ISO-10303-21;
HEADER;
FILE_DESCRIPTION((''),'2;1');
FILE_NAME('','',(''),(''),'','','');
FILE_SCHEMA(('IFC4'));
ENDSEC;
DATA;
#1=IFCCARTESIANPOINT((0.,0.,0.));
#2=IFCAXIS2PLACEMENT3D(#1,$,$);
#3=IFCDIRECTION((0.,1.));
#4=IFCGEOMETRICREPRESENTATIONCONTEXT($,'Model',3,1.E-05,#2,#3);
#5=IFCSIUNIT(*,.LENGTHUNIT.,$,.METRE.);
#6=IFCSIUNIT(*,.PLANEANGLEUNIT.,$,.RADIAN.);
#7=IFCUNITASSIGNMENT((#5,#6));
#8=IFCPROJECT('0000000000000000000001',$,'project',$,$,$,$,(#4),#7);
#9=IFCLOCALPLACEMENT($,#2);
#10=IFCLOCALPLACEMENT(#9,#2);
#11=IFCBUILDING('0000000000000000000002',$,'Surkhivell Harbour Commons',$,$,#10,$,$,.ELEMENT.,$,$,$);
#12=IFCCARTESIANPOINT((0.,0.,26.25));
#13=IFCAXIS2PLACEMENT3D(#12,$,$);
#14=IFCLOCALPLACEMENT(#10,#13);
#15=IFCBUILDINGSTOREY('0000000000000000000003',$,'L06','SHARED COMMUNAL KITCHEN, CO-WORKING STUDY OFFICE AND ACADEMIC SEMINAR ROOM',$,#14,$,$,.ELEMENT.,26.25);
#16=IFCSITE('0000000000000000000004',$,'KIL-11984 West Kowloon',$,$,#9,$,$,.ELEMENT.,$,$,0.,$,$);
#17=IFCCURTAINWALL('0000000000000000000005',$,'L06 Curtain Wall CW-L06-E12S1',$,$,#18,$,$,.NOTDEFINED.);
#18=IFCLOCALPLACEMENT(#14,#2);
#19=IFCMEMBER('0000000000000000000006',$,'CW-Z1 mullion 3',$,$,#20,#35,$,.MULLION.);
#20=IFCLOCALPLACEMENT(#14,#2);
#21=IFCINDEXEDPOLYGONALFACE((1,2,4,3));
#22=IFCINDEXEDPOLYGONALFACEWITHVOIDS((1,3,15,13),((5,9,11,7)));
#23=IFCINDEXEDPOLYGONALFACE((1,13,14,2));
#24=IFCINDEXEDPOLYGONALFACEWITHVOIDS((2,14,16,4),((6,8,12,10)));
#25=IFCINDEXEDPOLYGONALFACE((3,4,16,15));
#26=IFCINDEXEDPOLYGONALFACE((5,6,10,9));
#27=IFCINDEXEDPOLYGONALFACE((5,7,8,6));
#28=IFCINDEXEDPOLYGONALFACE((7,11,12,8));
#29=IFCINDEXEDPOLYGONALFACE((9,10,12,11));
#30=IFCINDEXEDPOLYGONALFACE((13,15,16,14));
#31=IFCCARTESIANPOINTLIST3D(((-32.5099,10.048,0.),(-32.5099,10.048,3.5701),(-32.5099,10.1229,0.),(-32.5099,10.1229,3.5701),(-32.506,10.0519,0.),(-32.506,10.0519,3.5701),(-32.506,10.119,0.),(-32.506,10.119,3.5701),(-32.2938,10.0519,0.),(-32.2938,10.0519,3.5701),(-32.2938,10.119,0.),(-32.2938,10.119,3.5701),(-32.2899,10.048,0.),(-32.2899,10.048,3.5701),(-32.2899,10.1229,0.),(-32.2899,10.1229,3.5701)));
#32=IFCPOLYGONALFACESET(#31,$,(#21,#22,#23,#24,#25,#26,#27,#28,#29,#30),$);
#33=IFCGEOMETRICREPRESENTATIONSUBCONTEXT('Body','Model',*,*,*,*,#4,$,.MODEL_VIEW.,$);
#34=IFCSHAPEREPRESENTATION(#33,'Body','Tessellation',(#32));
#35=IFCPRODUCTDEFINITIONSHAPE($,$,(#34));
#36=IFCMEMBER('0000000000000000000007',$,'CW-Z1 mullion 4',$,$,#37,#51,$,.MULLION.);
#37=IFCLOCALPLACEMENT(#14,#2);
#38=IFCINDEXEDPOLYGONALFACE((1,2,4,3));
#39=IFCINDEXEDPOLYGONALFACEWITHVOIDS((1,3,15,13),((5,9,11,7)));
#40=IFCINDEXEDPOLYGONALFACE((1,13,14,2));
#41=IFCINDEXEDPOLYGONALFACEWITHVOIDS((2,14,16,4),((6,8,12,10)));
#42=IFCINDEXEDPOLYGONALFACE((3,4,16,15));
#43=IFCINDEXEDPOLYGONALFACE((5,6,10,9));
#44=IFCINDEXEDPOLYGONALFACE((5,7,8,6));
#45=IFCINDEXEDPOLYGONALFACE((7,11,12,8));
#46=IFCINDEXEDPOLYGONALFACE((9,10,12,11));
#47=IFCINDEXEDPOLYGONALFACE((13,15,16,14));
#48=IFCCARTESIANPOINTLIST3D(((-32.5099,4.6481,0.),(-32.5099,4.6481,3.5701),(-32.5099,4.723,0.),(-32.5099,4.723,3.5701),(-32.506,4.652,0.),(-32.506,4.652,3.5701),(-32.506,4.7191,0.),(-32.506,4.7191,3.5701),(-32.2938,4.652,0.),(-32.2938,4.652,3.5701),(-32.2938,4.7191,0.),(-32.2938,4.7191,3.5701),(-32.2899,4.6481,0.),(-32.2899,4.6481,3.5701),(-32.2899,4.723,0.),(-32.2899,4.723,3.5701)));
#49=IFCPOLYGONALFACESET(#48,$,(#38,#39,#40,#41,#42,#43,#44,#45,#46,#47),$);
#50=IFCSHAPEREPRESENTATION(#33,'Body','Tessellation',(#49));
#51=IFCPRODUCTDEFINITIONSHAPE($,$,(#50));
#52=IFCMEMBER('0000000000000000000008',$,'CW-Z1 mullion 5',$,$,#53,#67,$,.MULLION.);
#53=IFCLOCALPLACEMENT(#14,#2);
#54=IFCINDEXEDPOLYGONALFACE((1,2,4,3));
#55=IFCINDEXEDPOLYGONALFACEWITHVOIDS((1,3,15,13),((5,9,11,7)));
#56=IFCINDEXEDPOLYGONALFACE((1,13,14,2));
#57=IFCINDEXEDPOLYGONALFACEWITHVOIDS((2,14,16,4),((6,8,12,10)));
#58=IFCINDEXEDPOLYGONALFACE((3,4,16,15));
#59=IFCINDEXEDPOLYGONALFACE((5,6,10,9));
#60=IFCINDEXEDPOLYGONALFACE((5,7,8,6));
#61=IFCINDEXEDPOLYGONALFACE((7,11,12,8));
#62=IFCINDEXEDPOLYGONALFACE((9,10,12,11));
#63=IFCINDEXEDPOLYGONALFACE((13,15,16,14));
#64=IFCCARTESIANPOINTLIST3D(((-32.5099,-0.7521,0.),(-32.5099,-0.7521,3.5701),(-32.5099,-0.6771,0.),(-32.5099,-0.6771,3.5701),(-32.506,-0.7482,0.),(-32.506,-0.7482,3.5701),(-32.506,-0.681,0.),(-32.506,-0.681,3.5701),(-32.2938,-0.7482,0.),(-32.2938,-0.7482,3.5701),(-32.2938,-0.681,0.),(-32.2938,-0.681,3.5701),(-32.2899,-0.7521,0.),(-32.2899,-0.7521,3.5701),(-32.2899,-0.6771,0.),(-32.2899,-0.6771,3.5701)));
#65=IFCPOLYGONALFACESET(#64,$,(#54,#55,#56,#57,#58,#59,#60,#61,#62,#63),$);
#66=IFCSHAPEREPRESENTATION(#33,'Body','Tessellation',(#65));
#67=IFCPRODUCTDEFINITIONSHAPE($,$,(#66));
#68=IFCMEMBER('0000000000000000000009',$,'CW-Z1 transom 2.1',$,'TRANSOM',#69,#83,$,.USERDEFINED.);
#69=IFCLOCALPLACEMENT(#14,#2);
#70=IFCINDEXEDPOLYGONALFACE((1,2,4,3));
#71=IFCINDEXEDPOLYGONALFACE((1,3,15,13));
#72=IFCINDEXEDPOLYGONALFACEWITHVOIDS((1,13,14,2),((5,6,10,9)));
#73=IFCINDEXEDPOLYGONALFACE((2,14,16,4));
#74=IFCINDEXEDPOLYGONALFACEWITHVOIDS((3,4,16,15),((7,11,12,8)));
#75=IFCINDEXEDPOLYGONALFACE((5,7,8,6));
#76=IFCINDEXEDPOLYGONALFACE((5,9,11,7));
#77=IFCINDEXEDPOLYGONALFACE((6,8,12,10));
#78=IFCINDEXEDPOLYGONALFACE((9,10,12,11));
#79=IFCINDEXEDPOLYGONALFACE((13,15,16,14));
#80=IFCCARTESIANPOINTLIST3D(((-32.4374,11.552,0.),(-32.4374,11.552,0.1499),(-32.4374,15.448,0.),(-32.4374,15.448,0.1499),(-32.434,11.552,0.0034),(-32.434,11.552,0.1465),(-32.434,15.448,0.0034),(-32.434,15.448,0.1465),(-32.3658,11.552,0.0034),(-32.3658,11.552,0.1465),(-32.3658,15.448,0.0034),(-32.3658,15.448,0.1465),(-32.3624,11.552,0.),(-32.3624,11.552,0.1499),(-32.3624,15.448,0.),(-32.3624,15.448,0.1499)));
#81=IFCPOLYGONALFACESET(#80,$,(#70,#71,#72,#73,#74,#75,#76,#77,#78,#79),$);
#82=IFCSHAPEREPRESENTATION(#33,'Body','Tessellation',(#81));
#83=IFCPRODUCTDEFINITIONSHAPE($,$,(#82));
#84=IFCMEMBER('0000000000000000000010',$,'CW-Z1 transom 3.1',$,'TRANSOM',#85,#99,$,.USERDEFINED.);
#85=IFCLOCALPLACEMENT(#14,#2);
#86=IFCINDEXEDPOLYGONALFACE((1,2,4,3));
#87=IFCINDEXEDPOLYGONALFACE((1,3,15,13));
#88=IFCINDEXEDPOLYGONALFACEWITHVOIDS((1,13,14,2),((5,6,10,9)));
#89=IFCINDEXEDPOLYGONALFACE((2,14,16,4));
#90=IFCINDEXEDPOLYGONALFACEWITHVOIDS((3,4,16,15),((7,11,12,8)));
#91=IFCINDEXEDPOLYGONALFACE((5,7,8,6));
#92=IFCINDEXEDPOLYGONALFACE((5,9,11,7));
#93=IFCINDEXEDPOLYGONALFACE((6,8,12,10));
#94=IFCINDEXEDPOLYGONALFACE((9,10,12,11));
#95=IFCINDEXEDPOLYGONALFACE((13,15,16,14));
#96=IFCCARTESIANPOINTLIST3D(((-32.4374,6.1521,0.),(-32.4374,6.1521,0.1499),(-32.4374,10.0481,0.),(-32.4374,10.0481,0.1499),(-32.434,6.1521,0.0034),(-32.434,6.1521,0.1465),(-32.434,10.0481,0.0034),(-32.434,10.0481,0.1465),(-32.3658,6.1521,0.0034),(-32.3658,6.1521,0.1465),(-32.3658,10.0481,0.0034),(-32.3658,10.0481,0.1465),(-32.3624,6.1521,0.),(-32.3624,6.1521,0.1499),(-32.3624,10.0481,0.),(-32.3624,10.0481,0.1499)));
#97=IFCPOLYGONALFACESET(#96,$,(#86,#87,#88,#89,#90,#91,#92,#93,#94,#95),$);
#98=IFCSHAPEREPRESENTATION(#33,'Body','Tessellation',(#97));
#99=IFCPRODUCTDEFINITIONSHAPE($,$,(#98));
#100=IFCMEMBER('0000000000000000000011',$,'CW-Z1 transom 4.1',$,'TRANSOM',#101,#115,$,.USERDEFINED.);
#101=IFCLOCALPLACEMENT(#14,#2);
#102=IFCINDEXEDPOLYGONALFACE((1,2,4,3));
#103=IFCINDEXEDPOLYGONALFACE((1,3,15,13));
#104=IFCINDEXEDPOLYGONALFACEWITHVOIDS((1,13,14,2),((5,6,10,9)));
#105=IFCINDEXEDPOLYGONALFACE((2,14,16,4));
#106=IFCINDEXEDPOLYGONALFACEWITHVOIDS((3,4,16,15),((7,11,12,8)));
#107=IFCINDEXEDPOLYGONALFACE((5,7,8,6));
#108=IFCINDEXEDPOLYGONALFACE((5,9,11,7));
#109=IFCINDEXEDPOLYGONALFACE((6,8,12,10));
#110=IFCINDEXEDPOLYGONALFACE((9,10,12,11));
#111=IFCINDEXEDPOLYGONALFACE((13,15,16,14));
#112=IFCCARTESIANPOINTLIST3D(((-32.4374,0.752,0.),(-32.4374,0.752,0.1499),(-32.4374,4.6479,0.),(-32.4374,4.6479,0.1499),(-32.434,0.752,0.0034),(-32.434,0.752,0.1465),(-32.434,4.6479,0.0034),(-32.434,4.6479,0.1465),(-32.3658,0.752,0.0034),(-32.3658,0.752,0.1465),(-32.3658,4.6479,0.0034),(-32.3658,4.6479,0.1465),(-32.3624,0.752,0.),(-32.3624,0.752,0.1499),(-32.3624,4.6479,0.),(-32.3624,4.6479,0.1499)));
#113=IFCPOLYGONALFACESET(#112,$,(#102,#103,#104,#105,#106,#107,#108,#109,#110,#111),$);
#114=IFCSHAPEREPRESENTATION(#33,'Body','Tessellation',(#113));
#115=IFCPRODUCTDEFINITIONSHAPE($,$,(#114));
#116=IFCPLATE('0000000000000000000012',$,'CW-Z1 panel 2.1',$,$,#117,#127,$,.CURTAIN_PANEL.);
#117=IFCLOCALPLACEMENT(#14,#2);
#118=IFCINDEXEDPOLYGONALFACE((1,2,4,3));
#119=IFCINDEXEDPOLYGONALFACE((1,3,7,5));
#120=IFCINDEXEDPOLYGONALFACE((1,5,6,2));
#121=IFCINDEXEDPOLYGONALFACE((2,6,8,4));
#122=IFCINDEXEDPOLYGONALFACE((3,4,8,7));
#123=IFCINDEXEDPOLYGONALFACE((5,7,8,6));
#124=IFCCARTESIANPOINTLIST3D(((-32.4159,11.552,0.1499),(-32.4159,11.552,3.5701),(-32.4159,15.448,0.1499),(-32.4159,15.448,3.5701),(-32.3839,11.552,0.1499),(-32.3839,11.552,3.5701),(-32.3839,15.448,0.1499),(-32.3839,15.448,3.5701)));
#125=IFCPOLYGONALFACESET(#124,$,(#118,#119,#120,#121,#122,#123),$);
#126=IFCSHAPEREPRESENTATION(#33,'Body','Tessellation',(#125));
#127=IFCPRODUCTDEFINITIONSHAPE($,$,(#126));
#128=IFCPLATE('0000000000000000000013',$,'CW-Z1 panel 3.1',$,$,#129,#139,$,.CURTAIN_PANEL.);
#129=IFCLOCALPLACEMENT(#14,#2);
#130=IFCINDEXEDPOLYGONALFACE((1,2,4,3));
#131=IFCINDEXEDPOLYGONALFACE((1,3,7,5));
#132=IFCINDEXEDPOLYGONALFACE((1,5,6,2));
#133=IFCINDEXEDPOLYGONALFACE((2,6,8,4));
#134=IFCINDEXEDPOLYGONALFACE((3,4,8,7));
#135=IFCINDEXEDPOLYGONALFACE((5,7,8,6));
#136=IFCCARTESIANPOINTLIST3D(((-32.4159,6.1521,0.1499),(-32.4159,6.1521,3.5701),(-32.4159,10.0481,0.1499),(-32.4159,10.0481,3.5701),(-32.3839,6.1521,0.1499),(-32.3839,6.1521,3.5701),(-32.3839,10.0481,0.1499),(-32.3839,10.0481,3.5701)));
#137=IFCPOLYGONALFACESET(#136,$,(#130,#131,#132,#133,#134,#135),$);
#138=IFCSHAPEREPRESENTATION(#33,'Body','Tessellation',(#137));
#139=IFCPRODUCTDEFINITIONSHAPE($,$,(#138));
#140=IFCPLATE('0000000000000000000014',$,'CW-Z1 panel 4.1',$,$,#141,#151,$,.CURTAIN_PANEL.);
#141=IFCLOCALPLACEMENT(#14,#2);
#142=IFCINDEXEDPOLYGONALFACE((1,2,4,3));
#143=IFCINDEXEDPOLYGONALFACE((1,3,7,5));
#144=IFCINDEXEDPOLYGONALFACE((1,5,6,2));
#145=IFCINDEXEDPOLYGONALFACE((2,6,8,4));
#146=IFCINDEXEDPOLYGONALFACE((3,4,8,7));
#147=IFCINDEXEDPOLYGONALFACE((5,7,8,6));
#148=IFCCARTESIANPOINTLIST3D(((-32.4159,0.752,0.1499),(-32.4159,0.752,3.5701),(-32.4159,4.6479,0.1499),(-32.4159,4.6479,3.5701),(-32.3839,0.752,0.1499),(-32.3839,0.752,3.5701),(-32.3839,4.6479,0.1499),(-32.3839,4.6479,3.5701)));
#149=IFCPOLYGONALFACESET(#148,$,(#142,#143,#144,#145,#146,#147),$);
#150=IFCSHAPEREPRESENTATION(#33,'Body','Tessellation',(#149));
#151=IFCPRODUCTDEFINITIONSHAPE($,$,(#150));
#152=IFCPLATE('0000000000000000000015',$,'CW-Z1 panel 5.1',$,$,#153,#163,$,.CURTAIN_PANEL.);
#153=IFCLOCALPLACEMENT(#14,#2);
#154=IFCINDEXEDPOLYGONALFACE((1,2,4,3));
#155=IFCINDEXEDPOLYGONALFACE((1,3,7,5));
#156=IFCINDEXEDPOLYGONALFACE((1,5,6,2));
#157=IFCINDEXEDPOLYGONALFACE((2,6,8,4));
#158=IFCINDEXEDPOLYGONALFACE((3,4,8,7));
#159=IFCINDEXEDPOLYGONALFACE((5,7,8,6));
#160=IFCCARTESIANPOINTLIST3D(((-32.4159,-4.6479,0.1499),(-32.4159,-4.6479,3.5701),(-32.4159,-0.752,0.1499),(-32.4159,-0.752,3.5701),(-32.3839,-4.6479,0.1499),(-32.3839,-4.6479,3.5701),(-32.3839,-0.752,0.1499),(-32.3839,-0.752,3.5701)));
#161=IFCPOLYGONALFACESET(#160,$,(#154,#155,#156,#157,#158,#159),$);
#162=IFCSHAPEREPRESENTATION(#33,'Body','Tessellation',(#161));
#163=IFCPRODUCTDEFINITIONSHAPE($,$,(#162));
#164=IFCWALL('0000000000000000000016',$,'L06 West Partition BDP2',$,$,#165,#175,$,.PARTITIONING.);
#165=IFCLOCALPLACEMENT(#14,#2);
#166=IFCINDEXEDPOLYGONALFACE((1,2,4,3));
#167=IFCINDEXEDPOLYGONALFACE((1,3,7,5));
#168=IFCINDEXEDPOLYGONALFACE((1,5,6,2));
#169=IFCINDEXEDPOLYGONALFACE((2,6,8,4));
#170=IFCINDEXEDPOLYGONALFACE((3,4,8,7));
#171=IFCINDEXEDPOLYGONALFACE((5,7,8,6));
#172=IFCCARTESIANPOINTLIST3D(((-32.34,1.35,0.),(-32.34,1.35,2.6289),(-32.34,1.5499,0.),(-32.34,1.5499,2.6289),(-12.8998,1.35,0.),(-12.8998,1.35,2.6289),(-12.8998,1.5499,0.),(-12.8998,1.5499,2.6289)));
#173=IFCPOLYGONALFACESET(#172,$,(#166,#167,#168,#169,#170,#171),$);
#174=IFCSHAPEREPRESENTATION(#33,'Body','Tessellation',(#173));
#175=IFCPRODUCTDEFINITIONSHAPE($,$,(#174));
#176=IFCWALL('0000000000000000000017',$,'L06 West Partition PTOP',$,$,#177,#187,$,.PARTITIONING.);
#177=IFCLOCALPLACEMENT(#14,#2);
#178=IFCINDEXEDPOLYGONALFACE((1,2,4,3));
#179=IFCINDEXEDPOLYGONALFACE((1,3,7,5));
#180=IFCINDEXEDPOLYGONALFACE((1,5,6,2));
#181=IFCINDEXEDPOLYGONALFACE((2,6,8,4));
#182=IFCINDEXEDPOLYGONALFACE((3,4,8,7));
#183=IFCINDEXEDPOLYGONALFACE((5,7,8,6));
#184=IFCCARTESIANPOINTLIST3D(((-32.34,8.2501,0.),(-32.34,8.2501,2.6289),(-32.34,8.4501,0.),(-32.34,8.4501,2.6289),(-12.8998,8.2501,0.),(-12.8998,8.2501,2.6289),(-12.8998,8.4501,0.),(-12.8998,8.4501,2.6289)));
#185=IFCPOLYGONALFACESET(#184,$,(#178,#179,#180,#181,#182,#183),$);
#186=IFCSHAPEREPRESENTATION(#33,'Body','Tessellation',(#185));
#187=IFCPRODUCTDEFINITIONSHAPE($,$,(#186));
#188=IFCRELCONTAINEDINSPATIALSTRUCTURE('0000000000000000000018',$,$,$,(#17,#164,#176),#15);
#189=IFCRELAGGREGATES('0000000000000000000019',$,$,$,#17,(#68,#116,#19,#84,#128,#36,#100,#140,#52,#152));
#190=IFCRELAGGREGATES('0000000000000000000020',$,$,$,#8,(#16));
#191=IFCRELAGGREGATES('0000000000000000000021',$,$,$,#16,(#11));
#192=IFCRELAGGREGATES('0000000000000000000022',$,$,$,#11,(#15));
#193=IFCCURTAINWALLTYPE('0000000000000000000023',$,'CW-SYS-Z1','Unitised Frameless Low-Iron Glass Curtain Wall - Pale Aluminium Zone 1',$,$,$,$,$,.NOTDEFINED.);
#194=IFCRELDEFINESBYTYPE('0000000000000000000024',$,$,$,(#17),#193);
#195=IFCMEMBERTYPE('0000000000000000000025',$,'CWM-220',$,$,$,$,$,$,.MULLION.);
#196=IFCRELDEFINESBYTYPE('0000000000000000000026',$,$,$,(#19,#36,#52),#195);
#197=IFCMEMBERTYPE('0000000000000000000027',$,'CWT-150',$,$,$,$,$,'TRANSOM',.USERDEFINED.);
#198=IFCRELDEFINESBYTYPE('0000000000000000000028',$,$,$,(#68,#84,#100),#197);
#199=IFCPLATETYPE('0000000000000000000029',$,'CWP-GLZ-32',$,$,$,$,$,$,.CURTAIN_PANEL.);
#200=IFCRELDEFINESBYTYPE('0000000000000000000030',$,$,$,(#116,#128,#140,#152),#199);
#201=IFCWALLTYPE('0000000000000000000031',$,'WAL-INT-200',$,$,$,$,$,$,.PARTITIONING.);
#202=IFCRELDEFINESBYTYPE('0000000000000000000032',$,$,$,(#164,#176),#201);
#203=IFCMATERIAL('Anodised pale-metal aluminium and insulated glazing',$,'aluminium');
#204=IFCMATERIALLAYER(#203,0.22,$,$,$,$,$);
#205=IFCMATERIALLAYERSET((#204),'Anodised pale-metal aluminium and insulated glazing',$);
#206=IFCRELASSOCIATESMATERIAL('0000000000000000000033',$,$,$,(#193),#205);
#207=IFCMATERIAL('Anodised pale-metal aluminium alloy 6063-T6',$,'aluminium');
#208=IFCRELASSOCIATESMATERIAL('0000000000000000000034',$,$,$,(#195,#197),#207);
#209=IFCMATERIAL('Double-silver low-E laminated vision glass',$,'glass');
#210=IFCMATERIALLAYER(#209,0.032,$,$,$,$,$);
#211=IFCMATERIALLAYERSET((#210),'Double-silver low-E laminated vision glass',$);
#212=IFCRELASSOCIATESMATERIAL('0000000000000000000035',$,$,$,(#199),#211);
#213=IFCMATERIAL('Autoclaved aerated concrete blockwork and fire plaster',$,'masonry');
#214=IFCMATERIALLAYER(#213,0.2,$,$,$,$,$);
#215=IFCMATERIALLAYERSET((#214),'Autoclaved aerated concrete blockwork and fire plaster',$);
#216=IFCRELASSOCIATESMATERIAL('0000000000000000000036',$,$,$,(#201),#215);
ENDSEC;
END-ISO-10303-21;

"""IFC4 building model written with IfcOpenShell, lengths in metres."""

from ifc_helpers import new_model, si_unit, direction, frame, frame_2d, origin, origin_2d, place, context, subcontext, project, spatial, rectangle, hollow_rectangle, extrude, material, layer, layer_set, material_profile, profile_set, type_object, element, aggregate, save


model = new_model("IFC4")

# Units and contexts
model_context = context("Model", 3, precision=1e-05, world=origin(), true_north=direction((0.0, 1.0)))
body_context = subcontext(model_context, "Body", "Model", "MODEL_VIEW")
ifc_project = project(units=[si_unit("LENGTHUNIT", "METRE"), si_unit("PLANEANGLEUNIT", "RADIAN")], contexts=[model_context])

# Site, building, storey
site_placement = place(None, origin())
site = spatial("IfcSite", under=ifc_project, at=site_placement, Name="KIL-11984 West Kowloon", CompositionType="ELEMENT", RefElevation=0.0)
building_placement = place(site_placement, origin())
building = spatial("IfcBuilding", under=site, at=building_placement, Name="Surkhivell Harbour Commons", CompositionType="ELEMENT")
storey_placement = place(building_placement, frame((0.0, 0.0, 26.25)))
storey = spatial("IfcBuildingStorey", under=building, at=storey_placement, Name="L06", Description="SHARED COMMUNAL KITCHEN, CO-WORKING STUDY OFFICE AND ACADEMIC SEMINAR ROOM", CompositionType="ELEMENT", Elevation=26.25)

# Curtain wall, members, plates
ifc_material_1 = material(Name="Anodised pale-metal aluminium and insulated glazing", Category="aluminium")
ifc_layer_1 = layer(ifc_material_1, 0.22)
ifc_layer_set_1 = layer_set([ifc_layer_1], Name="Anodised pale-metal aluminium and insulated glazing")
curtain_wall_type = type_object("IfcCurtainWallType", Name="CW-SYS-Z1", Description="Unitised Frameless Low-Iron Glass Curtain Wall - Pale Aluminium Zone 1", PredefinedType="NOTDEFINED", material=ifc_layer_set_1)
curtain_wall_placement = place(storey_placement, origin())
curtain_wall = element("IfcCurtainWall", 1, at=curtain_wall_placement, inside=storey, type_object=curtain_wall_type, Name="L06 Curtain Wall CW-L06-E12S1", PredefinedType="NOTDEFINED")
ifc_material_2 = material(Name="Anodised pale-metal aluminium alloy 6063-T6", Category="aluminium")
ifc_material_profile_1 = material_profile(ifc_material_2, hollow_rectangle(XDim=0.075, YDim=0.22, WallThickness=0.0039, at=origin_2d()), Name="ALU-MULL-75x220")
ifc_profile_set_1 = profile_set([ifc_material_profile_1], Name="Anodised pale-metal aluminium alloy 6063-T6")
member_type_1 = type_object("IfcMemberType", Name="CWM-220", PredefinedType="MULLION", material=ifc_profile_set_1)
member_1_placement = place(storey_placement, frame((-32.3999, 10.0854, 0.0), z_axis=(0.0, 0.0, 1.0), x_axis=(0.0, -1.0, 0.0)))
member_1 = element("IfcMember", 2, at=member_1_placement, type_object=member_type_1, Name="CW-Z1 mullion 3", PredefinedType="MULLION", context=body_context, shape_type="SweptSolid", body=[
    extrude(hollow_rectangle(XDim=0.075, YDim=0.22, WallThickness=0.0039, at=origin_2d()), origin(), (0.0, 0.0, 1.0), 3.5701),
])
member_2_placement = place(storey_placement, frame((-32.3999, 4.6855, 0.0), z_axis=(0.0, 0.0, 1.0), x_axis=(0.0, -1.0, 0.0)))
member_2 = element("IfcMember", 3, at=member_2_placement, type_object=member_type_1, Name="CW-Z1 mullion 4", PredefinedType="MULLION", context=body_context, shape_type="SweptSolid", body=[
    extrude(hollow_rectangle(XDim=0.075, YDim=0.22, WallThickness=0.0039, at=origin_2d()), origin(), (0.0, 0.0, 1.0), 3.5701),
])
member_3_placement = place(storey_placement, frame((-32.3999, -0.7146, 0.0), z_axis=(0.0, 0.0, 1.0), x_axis=(0.0, -1.0, 0.0)))
member_3 = element("IfcMember", 4, at=member_3_placement, type_object=member_type_1, Name="CW-Z1 mullion 5", PredefinedType="MULLION", context=body_context, shape_type="SweptSolid", body=[
    extrude(hollow_rectangle(XDim=0.075, YDim=0.22, WallThickness=0.0039, at=origin_2d()), origin(), (0.0, 0.0, 1.0), 3.5701),
])
ifc_material_profile_2 = material_profile(ifc_material_2, hollow_rectangle(XDim=0.075, YDim=0.1499, WallThickness=0.0034, at=origin_2d()), Name="ALU-TRAN-75x150")
ifc_profile_set_2 = profile_set([ifc_material_profile_2], Name="Anodised pale-metal aluminium alloy 6063-T6")
member_type_2 = type_object("IfcMemberType", Name="CWT-150", ElementType="TRANSOM", PredefinedType="USERDEFINED", material=ifc_profile_set_2)
member_4_placement = place(storey_placement, frame((-32.3999, 15.448, 0.075), z_axis=(0.0, -1.0, 0.0), x_axis=(1.0, 0.0, 0.0)))
member_4 = element("IfcMember", 5, at=member_4_placement, type_object=member_type_2, Name="CW-Z1 transom 2.1", ObjectType="TRANSOM", PredefinedType="USERDEFINED", context=body_context, shape_type="SweptSolid", body=[
    extrude(hollow_rectangle(XDim=0.075, YDim=0.1499, WallThickness=0.0034, at=origin_2d()), origin(), (0.0, 0.0, 1.0), 3.896),
])
member_5_placement = place(storey_placement, frame((-32.3999, 10.0481, 0.075), z_axis=(0.0, -1.0, 0.0), x_axis=(1.0, 0.0, 0.0)))
member_5 = element("IfcMember", 6, at=member_5_placement, type_object=member_type_2, Name="CW-Z1 transom 3.1", ObjectType="TRANSOM", PredefinedType="USERDEFINED", context=body_context, shape_type="SweptSolid", body=[
    extrude(hollow_rectangle(XDim=0.075, YDim=0.1499, WallThickness=0.0034, at=origin_2d()), origin(), (0.0, 0.0, 1.0), 3.896),
])
member_6_placement = place(storey_placement, frame((-32.3999, 4.6479, 0.075), z_axis=(0.0, -1.0, 0.0), x_axis=(1.0, 0.0, 0.0)))
member_6 = element("IfcMember", 7, at=member_6_placement, type_object=member_type_2, Name="CW-Z1 transom 4.1", ObjectType="TRANSOM", PredefinedType="USERDEFINED", context=body_context, shape_type="SweptSolid", body=[
    extrude(hollow_rectangle(XDim=0.075, YDim=0.1499, WallThickness=0.0034, at=origin_2d()), origin(), (0.0, 0.0, 1.0), 3.896),
])
ifc_material_3 = material(Name="Double-silver low-E laminated vision glass", Category="glass")
ifc_layer_2 = layer(ifc_material_3, 0.032)
ifc_layer_set_2 = layer_set([ifc_layer_2], Name="Double-silver low-E laminated vision glass")
plate_type = type_object("IfcPlateType", Name="CWP-GLZ-32", PredefinedType="CURTAIN_PANEL", material=ifc_layer_set_2)
plate_1_placement = place(storey_placement, frame((-32.3999, 15.448, 0.1499), z_axis=(0.0, 0.0, 1.0), x_axis=(0.0, -1.0, 0.0)))
plate_1 = element("IfcPlate", 8, at=plate_1_placement, type_object=plate_type, Name="CW-Z1 panel 2.1", PredefinedType="CURTAIN_PANEL", context=body_context, shape_type="SweptSolid", body=[
    extrude(rectangle(XDim=3.896, YDim=0.032, at=frame_2d((1.948, 0.0))), origin(), (0.0, 0.0, 1.0), 3.4202),
])
plate_2_placement = place(storey_placement, frame((-32.3999, 10.0481, 0.1499), z_axis=(0.0, 0.0, 1.0), x_axis=(0.0, -1.0, 0.0)))
plate_2 = element("IfcPlate", 9, at=plate_2_placement, type_object=plate_type, Name="CW-Z1 panel 3.1", PredefinedType="CURTAIN_PANEL", context=body_context, shape_type="SweptSolid", body=[
    extrude(rectangle(XDim=3.896, YDim=0.032, at=frame_2d((1.948, 0.0))), origin(), (0.0, 0.0, 1.0), 3.4202),
])
plate_3_placement = place(storey_placement, frame((-32.3999, 4.6479, 0.1499), z_axis=(0.0, 0.0, 1.0), x_axis=(0.0, -1.0, 0.0)))
plate_3 = element("IfcPlate", 10, at=plate_3_placement, type_object=plate_type, Name="CW-Z1 panel 4.1", PredefinedType="CURTAIN_PANEL", context=body_context, shape_type="SweptSolid", body=[
    extrude(rectangle(XDim=3.896, YDim=0.032, at=frame_2d((1.948, 0.0))), origin(), (0.0, 0.0, 1.0), 3.4202),
])
plate_4_placement = place(storey_placement, frame((-32.3999, -0.752, 0.1499), z_axis=(0.0, 0.0, 1.0), x_axis=(0.0, -1.0, 0.0)))
plate_4 = element("IfcPlate", 11, at=plate_4_placement, type_object=plate_type, Name="CW-Z1 panel 5.1", PredefinedType="CURTAIN_PANEL", context=body_context, shape_type="SweptSolid", body=[
    extrude(rectangle(XDim=3.896, YDim=0.032, at=frame_2d((1.948, 0.0))), origin(), (0.0, 0.0, 1.0), 3.4202),
])
aggregate(curtain_wall, [member_4, plate_1, member_1, member_5, plate_2, member_2, member_6, plate_3, member_3, plate_4])

# Walls
ifc_material_4 = material(Name="Autoclaved aerated concrete blockwork and fire plaster", Category="masonry")
ifc_layer_3 = layer(ifc_material_4, 0.2)
ifc_layer_set_3 = layer_set([ifc_layer_3], Name="Autoclaved aerated concrete blockwork and fire plaster")
wall_type = type_object("IfcWallType", Name="WAL-INT-200", PredefinedType="PARTITIONING", material=ifc_layer_set_3)
for number, where, z_axis, x_axis, name in (
    (12, (-32.3401, 1.45, 0.0), (0.0, 0.0, 1.0), (1.0, 0.0, 0.0), "L06 West Partition BDP2"),
    (13, (-32.3401, 8.3501, 0.0), (0.0, 0.0, 1.0), (1.0, 0.0, 0.0), "L06 West Partition PTOP"),
):
    element("IfcWall", number, at=place(storey_placement, frame(where, z_axis=z_axis, x_axis=x_axis)), inside=storey, type_object=wall_type, Name=name, PredefinedType="PARTITIONING", context=body_context, shape_type="SweptSolid", body=[
        extrude(rectangle(XDim=19.4402, YDim=0.2, at=frame_2d((9.7202, 0.0))), origin(), (0.0, 0.0, 1.0), 2.6289),
    ])

save(model, "model.ifc")
